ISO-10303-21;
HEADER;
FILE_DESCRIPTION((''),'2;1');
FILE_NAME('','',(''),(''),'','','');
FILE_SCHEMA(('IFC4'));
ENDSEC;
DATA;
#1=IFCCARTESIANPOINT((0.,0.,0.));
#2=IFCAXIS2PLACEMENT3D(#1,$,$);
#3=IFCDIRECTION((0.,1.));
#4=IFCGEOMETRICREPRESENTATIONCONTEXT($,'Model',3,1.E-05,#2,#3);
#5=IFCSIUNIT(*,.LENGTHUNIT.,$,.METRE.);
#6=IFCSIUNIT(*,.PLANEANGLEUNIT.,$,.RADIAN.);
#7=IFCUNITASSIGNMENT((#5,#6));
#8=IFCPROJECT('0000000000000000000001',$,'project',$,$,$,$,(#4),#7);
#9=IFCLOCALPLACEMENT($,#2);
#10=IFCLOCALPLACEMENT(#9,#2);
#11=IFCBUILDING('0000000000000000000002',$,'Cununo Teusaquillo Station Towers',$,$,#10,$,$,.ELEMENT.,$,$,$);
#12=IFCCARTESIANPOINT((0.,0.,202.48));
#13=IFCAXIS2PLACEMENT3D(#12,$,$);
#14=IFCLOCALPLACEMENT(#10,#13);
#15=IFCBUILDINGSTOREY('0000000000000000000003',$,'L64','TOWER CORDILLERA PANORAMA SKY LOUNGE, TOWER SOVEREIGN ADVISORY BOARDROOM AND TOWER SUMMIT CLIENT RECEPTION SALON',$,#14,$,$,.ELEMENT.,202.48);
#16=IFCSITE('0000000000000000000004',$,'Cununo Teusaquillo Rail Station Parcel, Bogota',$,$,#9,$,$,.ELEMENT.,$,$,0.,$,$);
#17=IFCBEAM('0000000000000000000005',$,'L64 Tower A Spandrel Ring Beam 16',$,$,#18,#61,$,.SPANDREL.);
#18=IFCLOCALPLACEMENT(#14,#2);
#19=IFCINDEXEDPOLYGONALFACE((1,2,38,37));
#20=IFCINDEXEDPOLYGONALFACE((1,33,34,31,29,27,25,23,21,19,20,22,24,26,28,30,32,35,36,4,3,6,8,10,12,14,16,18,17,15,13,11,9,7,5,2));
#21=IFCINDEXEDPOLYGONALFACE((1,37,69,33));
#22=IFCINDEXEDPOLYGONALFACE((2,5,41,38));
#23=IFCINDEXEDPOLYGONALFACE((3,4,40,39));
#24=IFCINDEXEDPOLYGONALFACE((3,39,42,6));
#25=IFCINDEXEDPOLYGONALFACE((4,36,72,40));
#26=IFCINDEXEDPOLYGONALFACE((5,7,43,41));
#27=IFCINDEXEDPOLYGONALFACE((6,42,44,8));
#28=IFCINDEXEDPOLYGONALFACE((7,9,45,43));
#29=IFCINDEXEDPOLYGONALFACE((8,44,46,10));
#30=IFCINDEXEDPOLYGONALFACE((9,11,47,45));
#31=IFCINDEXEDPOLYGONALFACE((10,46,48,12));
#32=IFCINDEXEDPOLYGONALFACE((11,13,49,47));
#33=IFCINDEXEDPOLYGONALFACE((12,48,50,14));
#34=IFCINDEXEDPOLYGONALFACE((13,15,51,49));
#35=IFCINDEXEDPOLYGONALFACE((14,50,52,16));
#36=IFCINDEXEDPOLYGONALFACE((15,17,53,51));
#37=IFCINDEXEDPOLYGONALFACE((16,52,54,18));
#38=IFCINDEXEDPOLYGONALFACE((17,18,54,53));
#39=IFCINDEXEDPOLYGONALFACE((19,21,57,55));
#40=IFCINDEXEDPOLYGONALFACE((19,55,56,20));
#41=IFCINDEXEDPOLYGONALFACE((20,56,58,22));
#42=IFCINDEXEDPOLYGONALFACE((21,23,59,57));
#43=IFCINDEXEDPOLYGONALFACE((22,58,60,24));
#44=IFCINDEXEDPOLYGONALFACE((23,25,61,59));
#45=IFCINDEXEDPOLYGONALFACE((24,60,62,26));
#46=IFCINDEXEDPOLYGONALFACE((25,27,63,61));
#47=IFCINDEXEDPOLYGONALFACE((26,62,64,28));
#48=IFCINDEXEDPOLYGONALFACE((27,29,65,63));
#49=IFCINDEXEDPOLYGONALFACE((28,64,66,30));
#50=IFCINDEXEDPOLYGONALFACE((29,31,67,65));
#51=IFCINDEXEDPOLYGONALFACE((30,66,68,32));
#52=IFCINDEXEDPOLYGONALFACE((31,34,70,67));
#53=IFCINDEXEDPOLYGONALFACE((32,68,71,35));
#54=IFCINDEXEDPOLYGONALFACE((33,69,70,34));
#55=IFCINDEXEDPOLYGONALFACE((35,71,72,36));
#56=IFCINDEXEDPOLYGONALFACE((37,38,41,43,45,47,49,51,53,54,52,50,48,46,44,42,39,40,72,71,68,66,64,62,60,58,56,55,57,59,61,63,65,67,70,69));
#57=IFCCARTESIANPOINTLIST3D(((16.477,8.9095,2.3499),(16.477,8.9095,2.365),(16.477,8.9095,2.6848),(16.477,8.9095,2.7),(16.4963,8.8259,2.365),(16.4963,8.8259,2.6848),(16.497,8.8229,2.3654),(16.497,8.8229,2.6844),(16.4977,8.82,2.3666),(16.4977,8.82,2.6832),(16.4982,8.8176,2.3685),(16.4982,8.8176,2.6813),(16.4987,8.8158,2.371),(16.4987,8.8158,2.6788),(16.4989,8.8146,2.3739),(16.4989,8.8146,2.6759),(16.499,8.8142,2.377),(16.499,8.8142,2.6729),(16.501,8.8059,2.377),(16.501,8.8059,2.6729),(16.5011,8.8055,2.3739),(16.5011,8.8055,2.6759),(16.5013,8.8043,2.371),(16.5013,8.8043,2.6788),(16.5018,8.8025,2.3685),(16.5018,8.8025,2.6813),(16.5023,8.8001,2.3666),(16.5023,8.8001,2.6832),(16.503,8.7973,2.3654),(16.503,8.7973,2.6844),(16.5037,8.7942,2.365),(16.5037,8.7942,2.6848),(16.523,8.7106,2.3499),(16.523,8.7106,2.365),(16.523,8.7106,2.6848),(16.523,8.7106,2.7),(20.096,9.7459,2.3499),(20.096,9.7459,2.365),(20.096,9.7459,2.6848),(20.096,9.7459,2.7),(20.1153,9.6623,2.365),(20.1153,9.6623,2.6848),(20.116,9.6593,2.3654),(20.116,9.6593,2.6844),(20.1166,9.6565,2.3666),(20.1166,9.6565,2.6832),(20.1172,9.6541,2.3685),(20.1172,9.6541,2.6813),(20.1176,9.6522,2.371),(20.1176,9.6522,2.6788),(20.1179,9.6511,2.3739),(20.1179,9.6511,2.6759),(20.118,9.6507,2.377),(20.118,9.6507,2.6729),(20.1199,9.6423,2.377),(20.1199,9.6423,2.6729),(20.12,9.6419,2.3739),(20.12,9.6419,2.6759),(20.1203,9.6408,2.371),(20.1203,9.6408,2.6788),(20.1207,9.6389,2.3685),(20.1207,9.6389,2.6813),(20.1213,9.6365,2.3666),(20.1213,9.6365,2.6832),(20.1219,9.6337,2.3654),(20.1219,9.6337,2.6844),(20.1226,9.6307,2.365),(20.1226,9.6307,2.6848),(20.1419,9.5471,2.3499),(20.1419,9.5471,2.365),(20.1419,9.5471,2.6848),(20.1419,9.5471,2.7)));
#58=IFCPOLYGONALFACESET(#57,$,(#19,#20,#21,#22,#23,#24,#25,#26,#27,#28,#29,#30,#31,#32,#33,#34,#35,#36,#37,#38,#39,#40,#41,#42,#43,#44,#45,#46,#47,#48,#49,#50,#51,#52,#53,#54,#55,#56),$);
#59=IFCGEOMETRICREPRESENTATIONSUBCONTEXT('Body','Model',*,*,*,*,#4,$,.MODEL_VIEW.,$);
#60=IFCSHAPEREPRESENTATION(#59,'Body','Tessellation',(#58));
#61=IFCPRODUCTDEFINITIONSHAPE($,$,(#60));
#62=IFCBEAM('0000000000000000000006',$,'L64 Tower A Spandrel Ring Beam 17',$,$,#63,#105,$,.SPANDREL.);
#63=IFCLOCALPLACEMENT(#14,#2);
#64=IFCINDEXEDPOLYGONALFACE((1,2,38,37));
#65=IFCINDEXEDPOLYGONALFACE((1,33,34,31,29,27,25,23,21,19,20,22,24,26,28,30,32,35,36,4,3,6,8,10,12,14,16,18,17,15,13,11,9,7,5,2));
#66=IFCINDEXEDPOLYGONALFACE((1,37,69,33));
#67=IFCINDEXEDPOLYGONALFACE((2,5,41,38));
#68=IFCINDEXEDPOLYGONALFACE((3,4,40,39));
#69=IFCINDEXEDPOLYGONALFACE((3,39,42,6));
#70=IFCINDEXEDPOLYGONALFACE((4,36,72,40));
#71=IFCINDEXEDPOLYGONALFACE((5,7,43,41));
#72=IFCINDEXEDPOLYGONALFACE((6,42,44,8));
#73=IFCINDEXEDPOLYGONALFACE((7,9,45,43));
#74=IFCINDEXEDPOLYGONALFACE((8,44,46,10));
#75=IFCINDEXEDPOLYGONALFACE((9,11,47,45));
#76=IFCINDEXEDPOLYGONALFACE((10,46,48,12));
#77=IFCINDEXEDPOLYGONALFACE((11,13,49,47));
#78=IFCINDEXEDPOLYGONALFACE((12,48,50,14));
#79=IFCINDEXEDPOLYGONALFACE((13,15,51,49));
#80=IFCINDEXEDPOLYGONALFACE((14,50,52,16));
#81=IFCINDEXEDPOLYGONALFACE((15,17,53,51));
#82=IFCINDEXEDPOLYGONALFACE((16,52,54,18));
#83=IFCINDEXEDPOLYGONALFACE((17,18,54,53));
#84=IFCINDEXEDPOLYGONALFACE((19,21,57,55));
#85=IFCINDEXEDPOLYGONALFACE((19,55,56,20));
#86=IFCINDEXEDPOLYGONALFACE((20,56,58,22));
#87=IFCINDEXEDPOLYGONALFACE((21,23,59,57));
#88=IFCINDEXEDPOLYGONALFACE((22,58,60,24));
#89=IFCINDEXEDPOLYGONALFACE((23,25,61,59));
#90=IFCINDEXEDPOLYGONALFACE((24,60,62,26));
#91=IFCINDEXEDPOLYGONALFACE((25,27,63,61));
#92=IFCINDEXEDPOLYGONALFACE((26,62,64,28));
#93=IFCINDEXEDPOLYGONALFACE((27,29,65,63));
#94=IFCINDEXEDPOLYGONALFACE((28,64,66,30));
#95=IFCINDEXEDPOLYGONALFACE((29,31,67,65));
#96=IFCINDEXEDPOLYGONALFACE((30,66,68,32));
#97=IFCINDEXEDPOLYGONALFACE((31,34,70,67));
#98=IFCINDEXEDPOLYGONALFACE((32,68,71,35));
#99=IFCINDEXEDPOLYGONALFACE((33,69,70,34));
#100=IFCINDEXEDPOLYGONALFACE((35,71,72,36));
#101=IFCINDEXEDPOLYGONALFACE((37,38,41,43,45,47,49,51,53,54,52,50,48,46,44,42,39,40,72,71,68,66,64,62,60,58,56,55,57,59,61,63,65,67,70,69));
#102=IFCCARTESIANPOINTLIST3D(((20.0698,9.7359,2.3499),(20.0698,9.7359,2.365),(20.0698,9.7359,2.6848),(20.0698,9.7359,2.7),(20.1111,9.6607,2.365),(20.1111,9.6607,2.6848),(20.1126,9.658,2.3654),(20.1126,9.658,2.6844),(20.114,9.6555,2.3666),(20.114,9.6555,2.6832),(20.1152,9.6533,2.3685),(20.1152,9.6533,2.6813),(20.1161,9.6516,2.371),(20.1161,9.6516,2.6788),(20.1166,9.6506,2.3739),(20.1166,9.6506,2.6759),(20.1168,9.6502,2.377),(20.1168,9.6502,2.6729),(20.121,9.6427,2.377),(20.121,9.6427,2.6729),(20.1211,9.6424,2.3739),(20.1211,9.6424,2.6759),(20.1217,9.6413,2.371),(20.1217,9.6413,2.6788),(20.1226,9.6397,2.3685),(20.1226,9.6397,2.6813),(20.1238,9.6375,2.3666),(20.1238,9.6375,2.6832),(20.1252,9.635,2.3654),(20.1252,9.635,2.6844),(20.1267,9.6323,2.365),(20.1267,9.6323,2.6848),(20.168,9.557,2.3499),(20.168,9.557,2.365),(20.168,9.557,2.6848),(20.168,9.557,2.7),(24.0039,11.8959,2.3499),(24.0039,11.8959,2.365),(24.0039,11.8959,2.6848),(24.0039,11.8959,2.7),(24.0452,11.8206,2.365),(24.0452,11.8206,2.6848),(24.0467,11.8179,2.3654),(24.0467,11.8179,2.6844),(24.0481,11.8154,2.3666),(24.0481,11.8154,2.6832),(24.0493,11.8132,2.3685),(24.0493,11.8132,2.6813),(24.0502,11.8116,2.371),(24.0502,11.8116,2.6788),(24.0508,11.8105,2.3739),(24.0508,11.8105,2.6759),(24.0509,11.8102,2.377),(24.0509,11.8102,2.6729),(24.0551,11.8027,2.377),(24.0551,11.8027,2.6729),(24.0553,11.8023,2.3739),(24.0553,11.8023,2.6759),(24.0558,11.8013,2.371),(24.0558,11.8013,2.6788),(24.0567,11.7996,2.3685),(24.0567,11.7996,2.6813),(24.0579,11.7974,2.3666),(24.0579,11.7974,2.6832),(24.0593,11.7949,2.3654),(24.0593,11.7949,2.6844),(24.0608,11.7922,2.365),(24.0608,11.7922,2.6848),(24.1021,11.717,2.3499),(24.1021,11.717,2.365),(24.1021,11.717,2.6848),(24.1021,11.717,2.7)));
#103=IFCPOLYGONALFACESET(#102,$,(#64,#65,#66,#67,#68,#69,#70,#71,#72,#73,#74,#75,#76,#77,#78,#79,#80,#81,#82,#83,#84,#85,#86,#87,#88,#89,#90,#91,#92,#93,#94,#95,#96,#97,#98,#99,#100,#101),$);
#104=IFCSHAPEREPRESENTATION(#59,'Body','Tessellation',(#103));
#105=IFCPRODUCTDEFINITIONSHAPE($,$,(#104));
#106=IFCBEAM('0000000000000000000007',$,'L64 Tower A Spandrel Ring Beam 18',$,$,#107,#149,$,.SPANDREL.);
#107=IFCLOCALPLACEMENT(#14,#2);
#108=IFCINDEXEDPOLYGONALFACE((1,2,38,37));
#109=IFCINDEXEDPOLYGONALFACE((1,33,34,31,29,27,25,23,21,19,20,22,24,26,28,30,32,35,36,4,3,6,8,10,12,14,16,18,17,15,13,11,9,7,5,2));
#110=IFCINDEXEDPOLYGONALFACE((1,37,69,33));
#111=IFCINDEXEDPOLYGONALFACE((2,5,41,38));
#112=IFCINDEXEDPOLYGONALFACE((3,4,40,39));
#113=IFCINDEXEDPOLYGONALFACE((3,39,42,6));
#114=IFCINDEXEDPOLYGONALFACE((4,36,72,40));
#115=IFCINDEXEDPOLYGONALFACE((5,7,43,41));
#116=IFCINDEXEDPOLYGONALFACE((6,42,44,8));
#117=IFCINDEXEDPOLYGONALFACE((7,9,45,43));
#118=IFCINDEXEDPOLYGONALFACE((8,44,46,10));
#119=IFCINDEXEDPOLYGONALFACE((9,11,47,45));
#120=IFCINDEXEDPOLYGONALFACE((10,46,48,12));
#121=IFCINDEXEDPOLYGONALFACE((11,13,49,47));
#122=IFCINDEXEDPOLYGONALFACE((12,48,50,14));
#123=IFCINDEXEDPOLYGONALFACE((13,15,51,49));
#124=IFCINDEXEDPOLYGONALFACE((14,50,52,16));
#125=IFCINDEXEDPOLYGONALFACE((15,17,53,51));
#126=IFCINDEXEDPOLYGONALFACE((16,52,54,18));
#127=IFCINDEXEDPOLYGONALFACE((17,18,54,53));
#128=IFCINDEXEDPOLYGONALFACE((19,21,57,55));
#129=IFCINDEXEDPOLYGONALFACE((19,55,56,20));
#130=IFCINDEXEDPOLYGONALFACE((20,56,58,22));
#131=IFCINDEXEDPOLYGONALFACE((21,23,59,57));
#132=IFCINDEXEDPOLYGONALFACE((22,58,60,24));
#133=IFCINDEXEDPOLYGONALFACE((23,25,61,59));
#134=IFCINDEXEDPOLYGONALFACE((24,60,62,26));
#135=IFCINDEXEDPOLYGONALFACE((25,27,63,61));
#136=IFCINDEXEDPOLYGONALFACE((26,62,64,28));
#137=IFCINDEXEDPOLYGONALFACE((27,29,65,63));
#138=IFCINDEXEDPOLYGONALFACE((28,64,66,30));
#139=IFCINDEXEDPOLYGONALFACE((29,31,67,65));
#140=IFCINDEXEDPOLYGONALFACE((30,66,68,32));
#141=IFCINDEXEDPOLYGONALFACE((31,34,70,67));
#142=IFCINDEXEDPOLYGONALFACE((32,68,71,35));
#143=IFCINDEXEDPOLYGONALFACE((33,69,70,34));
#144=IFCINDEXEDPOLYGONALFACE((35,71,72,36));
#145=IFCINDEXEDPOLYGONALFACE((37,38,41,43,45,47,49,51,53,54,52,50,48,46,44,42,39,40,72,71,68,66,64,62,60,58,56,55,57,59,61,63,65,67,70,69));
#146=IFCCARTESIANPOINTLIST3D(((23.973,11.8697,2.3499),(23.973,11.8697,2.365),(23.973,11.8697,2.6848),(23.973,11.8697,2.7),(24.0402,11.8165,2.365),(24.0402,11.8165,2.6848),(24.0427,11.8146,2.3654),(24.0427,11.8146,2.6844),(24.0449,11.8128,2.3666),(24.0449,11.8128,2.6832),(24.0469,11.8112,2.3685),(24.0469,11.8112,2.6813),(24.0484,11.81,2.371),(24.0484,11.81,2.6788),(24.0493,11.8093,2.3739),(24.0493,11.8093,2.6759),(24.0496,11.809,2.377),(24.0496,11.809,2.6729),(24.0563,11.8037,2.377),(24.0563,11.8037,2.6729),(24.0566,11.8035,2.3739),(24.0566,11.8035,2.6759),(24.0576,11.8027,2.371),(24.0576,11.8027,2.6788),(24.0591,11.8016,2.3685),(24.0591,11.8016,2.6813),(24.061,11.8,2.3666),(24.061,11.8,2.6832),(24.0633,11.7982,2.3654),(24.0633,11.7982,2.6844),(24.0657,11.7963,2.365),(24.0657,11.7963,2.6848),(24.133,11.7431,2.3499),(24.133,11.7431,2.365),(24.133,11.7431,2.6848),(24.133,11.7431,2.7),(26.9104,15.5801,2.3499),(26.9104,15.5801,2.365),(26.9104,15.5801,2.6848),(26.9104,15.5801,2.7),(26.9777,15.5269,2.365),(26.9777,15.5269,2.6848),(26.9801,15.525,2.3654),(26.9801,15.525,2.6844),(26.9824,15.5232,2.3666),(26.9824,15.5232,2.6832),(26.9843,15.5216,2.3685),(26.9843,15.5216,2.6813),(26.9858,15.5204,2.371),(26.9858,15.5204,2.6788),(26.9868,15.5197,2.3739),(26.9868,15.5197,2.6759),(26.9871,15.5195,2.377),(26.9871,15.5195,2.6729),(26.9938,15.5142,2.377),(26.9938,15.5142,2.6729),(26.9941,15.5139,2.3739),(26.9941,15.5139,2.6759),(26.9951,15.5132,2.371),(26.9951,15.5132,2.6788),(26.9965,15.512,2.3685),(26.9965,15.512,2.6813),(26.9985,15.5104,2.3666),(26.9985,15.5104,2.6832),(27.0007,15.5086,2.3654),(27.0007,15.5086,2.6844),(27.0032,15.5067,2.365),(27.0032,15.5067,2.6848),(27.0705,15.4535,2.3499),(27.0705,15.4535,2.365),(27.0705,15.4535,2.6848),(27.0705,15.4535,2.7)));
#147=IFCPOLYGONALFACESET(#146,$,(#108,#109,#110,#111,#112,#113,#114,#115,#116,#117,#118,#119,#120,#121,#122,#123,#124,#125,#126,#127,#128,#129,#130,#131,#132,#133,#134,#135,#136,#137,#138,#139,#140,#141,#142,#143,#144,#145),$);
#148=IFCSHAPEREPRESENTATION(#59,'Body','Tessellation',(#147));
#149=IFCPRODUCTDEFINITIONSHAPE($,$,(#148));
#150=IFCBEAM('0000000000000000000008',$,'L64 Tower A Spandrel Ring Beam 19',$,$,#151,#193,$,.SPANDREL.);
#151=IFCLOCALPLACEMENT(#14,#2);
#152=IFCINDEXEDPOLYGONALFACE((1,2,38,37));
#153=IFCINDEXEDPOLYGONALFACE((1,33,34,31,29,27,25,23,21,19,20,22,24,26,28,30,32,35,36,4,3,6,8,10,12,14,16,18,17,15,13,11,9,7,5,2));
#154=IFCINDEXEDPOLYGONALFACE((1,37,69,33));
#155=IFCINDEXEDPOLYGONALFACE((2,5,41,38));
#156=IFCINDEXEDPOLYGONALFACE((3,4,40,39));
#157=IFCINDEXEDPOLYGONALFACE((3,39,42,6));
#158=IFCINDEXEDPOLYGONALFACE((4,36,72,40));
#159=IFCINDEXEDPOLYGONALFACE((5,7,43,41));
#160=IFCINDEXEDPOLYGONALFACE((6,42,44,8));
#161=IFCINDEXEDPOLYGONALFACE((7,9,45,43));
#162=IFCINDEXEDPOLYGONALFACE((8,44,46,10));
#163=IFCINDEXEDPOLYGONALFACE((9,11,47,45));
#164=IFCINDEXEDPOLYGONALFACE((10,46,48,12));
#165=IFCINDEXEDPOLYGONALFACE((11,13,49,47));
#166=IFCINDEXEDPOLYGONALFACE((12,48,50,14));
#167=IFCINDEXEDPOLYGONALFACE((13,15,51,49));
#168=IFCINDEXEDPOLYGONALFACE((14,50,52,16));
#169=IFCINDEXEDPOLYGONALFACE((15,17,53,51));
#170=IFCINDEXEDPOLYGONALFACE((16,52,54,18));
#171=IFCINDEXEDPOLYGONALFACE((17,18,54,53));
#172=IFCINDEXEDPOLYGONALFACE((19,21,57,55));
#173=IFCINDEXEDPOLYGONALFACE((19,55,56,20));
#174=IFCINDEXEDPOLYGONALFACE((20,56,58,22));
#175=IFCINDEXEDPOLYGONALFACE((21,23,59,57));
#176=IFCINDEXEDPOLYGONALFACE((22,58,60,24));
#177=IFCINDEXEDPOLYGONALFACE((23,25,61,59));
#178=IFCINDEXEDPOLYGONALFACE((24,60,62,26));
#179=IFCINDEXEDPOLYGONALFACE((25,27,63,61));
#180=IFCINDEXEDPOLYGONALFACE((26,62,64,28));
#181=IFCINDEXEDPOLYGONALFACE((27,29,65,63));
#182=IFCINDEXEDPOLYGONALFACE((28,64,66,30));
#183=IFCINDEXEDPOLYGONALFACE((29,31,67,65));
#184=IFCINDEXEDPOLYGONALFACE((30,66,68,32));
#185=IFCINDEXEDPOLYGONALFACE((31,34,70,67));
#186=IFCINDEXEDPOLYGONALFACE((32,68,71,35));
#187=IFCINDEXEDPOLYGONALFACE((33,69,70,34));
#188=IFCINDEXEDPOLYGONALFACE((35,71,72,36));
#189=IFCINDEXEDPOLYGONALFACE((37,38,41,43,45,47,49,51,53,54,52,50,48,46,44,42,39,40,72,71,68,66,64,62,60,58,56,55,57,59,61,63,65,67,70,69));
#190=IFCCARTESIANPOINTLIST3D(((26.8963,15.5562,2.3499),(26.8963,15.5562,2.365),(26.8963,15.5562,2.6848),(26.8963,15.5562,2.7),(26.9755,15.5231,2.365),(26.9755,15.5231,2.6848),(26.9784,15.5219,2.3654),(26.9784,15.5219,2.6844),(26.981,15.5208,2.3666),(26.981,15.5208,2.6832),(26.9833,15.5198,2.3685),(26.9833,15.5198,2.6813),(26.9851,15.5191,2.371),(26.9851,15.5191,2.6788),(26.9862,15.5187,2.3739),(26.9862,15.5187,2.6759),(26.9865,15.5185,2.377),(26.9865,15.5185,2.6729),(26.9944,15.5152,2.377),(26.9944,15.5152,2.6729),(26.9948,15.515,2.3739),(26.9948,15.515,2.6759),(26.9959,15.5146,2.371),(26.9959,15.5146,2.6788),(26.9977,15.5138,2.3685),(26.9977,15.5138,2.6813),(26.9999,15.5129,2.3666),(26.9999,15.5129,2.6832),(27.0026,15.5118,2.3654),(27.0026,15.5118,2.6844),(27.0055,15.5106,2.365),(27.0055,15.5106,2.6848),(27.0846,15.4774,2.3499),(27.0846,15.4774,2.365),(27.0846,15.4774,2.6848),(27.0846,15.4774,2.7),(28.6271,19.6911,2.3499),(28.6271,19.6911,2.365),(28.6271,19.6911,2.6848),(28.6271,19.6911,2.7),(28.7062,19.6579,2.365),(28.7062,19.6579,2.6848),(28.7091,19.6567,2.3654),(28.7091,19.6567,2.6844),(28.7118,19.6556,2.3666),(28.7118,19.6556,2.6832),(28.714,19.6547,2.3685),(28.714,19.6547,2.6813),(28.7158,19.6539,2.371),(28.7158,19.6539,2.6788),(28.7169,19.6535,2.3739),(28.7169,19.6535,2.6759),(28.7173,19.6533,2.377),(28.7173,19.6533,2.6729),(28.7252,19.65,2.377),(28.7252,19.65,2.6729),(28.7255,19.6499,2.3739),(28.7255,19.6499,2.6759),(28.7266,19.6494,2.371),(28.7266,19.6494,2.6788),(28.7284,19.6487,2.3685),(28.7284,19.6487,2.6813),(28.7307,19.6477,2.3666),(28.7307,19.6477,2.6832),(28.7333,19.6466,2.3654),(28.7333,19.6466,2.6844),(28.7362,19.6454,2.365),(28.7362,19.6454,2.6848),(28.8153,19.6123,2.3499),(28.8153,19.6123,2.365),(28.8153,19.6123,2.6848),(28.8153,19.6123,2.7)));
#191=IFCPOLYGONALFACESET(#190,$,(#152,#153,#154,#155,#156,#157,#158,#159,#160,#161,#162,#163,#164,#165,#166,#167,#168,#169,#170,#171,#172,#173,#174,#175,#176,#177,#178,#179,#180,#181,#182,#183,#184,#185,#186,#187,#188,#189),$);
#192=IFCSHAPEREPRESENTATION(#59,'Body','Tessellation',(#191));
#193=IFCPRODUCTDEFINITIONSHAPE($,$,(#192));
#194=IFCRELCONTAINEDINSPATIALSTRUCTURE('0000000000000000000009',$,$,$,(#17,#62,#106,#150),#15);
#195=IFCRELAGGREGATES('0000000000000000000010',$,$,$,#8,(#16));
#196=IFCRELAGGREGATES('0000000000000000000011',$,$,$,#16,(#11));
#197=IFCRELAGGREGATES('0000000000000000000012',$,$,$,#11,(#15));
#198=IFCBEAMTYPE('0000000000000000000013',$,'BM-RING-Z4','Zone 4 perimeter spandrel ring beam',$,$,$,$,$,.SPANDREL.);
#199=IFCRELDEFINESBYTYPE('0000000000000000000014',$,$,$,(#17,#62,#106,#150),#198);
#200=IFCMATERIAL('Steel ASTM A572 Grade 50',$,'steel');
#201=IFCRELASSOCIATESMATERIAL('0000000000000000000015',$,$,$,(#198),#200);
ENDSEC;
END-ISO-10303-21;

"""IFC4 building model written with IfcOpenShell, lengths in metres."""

from ifc_helpers import new_model, si_unit, direction, frame, origin, origin_2d, place, context, subcontext, project, spatial, i_section, extrude, material, material_profile, profile_set, type_object, element, save


model = new_model("IFC4")

# Units and contexts
model_context = context("Model", 3, precision=1e-05, world=origin(), true_north=direction((0.0, 1.0)))
body_context = subcontext(model_context, "Body", "Model", "MODEL_VIEW")
ifc_project = project(units=[si_unit("LENGTHUNIT", "METRE"), si_unit("PLANEANGLEUNIT", "RADIAN")], contexts=[model_context])

# Site, building, storey
site_placement = place(None, origin())
site = spatial("IfcSite", under=ifc_project, at=site_placement, Name="Cununo Teusaquillo Rail Station Parcel, Bogota", CompositionType="ELEMENT", RefElevation=0.0)
building_placement = place(site_placement, origin())
building = spatial("IfcBuilding", under=site, at=building_placement, Name="Cununo Teusaquillo Station Towers", CompositionType="ELEMENT")
storey_placement = place(building_placement, frame((0.0, 0.0, 202.48)))
storey = spatial("IfcBuildingStorey", under=building, at=storey_placement, Name="L64", Description="TOWER CORDILLERA PANORAMA SKY LOUNGE, TOWER SOVEREIGN ADVISORY BOARDROOM AND TOWER SUMMIT CLIENT RECEPTION SALON", CompositionType="ELEMENT", Elevation=202.48)

# Beams
ifc_material_1 = material(Name="Steel ASTM A572 Grade 50", Category="steel")
ifc_material_profile_1 = material_profile(ifc_material_1, i_section(OverallWidth=0.2041, OverallDepth=0.3501, WebThickness=0.0085, FlangeThickness=0.0151, FilletRadius=0.012, at=origin_2d()), Name="W14X48")
ifc_profile_set_1 = profile_set([ifc_material_profile_1], Name="Steel ASTM A572 Grade 50")
beam_type_1 = type_object("IfcBeamType", Name="BM-RING-Z4", Description="Zone 4 perimeter spandrel ring beam", PredefinedType="SPANDREL", material=ifc_profile_set_1)
beam_1_placement = place(storey_placement, frame((16.5, 8.8101, 2.5249), z_axis=(0.974315, 0.225191, 0.0), x_axis=(-0.225191, 0.974315, 0.0)))
element("IfcBeam", 1, at=beam_1_placement, inside=storey, type_object=beam_type_1, Name="L64 Tower A Spandrel Ring Beam 16", PredefinedType="SPANDREL", context=body_context, shape_type="SweptSolid", body=[
    extrude(i_section(OverallWidth=0.2041, OverallDepth=0.3501, WebThickness=0.0085, FlangeThickness=0.0151, FilletRadius=0.012, at=origin_2d()), origin(), (0.0, 0.0, 1.0), 3.7144),
])
beam_2_placement = place(storey_placement, frame((20.1189, 9.6465, 2.5249), z_axis=(0.876576, 0.481263, 0.0), x_axis=(-0.481263, 0.876576, 0.0)))
element("IfcBeam", 2, at=beam_2_placement, inside=storey, type_object=beam_type_1, Name="L64 Tower A Spandrel Ring Beam 17", PredefinedType="SPANDREL", context=body_context, shape_type="SweptSolid", body=[
    extrude(i_section(OverallWidth=0.2041, OverallDepth=0.3501, WebThickness=0.0085, FlangeThickness=0.0151, FilletRadius=0.012, at=origin_2d()), origin(), (0.0, 0.0, 1.0), 4.488),
])
beam_3_placement = place(storey_placement, frame((24.053, 11.8064, 2.5249), z_axis=(0.620711, 0.78404, 0.0), x_axis=(-0.78404, 0.620711, 0.0)))
element("IfcBeam", 3, at=beam_3_placement, inside=storey, type_object=beam_type_1, Name="L64 Tower A Spandrel Ring Beam 18", PredefinedType="SPANDREL", context=body_context, shape_type="SweptSolid", body=[
    extrude(i_section(OverallWidth=0.2041, OverallDepth=0.3501, WebThickness=0.0085, FlangeThickness=0.0151, FilletRadius=0.012, at=origin_2d()), origin(), (0.0, 0.0, 1.0), 4.7324),
])
beam_4_placement = place(storey_placement, frame((26.9905, 15.5168, 2.5249), z_axis=(0.386115, 0.92245, 0.0), x_axis=(-0.92245, 0.386115, 0.0)))
element("IfcBeam", 4, at=beam_4_placement, inside=storey, type_object=beam_type_1, Name="L64 Tower A Spandrel Ring Beam 19", PredefinedType="SPANDREL", context=body_context, shape_type="SweptSolid", body=[
    extrude(i_section(OverallWidth=0.2041, OverallDepth=0.3501, WebThickness=0.0085, FlangeThickness=0.0151, FilletRadius=0.012, at=origin_2d()), origin(), (0.0, 0.0, 1.0), 4.4824),
])

save(model, "model.ifc")
